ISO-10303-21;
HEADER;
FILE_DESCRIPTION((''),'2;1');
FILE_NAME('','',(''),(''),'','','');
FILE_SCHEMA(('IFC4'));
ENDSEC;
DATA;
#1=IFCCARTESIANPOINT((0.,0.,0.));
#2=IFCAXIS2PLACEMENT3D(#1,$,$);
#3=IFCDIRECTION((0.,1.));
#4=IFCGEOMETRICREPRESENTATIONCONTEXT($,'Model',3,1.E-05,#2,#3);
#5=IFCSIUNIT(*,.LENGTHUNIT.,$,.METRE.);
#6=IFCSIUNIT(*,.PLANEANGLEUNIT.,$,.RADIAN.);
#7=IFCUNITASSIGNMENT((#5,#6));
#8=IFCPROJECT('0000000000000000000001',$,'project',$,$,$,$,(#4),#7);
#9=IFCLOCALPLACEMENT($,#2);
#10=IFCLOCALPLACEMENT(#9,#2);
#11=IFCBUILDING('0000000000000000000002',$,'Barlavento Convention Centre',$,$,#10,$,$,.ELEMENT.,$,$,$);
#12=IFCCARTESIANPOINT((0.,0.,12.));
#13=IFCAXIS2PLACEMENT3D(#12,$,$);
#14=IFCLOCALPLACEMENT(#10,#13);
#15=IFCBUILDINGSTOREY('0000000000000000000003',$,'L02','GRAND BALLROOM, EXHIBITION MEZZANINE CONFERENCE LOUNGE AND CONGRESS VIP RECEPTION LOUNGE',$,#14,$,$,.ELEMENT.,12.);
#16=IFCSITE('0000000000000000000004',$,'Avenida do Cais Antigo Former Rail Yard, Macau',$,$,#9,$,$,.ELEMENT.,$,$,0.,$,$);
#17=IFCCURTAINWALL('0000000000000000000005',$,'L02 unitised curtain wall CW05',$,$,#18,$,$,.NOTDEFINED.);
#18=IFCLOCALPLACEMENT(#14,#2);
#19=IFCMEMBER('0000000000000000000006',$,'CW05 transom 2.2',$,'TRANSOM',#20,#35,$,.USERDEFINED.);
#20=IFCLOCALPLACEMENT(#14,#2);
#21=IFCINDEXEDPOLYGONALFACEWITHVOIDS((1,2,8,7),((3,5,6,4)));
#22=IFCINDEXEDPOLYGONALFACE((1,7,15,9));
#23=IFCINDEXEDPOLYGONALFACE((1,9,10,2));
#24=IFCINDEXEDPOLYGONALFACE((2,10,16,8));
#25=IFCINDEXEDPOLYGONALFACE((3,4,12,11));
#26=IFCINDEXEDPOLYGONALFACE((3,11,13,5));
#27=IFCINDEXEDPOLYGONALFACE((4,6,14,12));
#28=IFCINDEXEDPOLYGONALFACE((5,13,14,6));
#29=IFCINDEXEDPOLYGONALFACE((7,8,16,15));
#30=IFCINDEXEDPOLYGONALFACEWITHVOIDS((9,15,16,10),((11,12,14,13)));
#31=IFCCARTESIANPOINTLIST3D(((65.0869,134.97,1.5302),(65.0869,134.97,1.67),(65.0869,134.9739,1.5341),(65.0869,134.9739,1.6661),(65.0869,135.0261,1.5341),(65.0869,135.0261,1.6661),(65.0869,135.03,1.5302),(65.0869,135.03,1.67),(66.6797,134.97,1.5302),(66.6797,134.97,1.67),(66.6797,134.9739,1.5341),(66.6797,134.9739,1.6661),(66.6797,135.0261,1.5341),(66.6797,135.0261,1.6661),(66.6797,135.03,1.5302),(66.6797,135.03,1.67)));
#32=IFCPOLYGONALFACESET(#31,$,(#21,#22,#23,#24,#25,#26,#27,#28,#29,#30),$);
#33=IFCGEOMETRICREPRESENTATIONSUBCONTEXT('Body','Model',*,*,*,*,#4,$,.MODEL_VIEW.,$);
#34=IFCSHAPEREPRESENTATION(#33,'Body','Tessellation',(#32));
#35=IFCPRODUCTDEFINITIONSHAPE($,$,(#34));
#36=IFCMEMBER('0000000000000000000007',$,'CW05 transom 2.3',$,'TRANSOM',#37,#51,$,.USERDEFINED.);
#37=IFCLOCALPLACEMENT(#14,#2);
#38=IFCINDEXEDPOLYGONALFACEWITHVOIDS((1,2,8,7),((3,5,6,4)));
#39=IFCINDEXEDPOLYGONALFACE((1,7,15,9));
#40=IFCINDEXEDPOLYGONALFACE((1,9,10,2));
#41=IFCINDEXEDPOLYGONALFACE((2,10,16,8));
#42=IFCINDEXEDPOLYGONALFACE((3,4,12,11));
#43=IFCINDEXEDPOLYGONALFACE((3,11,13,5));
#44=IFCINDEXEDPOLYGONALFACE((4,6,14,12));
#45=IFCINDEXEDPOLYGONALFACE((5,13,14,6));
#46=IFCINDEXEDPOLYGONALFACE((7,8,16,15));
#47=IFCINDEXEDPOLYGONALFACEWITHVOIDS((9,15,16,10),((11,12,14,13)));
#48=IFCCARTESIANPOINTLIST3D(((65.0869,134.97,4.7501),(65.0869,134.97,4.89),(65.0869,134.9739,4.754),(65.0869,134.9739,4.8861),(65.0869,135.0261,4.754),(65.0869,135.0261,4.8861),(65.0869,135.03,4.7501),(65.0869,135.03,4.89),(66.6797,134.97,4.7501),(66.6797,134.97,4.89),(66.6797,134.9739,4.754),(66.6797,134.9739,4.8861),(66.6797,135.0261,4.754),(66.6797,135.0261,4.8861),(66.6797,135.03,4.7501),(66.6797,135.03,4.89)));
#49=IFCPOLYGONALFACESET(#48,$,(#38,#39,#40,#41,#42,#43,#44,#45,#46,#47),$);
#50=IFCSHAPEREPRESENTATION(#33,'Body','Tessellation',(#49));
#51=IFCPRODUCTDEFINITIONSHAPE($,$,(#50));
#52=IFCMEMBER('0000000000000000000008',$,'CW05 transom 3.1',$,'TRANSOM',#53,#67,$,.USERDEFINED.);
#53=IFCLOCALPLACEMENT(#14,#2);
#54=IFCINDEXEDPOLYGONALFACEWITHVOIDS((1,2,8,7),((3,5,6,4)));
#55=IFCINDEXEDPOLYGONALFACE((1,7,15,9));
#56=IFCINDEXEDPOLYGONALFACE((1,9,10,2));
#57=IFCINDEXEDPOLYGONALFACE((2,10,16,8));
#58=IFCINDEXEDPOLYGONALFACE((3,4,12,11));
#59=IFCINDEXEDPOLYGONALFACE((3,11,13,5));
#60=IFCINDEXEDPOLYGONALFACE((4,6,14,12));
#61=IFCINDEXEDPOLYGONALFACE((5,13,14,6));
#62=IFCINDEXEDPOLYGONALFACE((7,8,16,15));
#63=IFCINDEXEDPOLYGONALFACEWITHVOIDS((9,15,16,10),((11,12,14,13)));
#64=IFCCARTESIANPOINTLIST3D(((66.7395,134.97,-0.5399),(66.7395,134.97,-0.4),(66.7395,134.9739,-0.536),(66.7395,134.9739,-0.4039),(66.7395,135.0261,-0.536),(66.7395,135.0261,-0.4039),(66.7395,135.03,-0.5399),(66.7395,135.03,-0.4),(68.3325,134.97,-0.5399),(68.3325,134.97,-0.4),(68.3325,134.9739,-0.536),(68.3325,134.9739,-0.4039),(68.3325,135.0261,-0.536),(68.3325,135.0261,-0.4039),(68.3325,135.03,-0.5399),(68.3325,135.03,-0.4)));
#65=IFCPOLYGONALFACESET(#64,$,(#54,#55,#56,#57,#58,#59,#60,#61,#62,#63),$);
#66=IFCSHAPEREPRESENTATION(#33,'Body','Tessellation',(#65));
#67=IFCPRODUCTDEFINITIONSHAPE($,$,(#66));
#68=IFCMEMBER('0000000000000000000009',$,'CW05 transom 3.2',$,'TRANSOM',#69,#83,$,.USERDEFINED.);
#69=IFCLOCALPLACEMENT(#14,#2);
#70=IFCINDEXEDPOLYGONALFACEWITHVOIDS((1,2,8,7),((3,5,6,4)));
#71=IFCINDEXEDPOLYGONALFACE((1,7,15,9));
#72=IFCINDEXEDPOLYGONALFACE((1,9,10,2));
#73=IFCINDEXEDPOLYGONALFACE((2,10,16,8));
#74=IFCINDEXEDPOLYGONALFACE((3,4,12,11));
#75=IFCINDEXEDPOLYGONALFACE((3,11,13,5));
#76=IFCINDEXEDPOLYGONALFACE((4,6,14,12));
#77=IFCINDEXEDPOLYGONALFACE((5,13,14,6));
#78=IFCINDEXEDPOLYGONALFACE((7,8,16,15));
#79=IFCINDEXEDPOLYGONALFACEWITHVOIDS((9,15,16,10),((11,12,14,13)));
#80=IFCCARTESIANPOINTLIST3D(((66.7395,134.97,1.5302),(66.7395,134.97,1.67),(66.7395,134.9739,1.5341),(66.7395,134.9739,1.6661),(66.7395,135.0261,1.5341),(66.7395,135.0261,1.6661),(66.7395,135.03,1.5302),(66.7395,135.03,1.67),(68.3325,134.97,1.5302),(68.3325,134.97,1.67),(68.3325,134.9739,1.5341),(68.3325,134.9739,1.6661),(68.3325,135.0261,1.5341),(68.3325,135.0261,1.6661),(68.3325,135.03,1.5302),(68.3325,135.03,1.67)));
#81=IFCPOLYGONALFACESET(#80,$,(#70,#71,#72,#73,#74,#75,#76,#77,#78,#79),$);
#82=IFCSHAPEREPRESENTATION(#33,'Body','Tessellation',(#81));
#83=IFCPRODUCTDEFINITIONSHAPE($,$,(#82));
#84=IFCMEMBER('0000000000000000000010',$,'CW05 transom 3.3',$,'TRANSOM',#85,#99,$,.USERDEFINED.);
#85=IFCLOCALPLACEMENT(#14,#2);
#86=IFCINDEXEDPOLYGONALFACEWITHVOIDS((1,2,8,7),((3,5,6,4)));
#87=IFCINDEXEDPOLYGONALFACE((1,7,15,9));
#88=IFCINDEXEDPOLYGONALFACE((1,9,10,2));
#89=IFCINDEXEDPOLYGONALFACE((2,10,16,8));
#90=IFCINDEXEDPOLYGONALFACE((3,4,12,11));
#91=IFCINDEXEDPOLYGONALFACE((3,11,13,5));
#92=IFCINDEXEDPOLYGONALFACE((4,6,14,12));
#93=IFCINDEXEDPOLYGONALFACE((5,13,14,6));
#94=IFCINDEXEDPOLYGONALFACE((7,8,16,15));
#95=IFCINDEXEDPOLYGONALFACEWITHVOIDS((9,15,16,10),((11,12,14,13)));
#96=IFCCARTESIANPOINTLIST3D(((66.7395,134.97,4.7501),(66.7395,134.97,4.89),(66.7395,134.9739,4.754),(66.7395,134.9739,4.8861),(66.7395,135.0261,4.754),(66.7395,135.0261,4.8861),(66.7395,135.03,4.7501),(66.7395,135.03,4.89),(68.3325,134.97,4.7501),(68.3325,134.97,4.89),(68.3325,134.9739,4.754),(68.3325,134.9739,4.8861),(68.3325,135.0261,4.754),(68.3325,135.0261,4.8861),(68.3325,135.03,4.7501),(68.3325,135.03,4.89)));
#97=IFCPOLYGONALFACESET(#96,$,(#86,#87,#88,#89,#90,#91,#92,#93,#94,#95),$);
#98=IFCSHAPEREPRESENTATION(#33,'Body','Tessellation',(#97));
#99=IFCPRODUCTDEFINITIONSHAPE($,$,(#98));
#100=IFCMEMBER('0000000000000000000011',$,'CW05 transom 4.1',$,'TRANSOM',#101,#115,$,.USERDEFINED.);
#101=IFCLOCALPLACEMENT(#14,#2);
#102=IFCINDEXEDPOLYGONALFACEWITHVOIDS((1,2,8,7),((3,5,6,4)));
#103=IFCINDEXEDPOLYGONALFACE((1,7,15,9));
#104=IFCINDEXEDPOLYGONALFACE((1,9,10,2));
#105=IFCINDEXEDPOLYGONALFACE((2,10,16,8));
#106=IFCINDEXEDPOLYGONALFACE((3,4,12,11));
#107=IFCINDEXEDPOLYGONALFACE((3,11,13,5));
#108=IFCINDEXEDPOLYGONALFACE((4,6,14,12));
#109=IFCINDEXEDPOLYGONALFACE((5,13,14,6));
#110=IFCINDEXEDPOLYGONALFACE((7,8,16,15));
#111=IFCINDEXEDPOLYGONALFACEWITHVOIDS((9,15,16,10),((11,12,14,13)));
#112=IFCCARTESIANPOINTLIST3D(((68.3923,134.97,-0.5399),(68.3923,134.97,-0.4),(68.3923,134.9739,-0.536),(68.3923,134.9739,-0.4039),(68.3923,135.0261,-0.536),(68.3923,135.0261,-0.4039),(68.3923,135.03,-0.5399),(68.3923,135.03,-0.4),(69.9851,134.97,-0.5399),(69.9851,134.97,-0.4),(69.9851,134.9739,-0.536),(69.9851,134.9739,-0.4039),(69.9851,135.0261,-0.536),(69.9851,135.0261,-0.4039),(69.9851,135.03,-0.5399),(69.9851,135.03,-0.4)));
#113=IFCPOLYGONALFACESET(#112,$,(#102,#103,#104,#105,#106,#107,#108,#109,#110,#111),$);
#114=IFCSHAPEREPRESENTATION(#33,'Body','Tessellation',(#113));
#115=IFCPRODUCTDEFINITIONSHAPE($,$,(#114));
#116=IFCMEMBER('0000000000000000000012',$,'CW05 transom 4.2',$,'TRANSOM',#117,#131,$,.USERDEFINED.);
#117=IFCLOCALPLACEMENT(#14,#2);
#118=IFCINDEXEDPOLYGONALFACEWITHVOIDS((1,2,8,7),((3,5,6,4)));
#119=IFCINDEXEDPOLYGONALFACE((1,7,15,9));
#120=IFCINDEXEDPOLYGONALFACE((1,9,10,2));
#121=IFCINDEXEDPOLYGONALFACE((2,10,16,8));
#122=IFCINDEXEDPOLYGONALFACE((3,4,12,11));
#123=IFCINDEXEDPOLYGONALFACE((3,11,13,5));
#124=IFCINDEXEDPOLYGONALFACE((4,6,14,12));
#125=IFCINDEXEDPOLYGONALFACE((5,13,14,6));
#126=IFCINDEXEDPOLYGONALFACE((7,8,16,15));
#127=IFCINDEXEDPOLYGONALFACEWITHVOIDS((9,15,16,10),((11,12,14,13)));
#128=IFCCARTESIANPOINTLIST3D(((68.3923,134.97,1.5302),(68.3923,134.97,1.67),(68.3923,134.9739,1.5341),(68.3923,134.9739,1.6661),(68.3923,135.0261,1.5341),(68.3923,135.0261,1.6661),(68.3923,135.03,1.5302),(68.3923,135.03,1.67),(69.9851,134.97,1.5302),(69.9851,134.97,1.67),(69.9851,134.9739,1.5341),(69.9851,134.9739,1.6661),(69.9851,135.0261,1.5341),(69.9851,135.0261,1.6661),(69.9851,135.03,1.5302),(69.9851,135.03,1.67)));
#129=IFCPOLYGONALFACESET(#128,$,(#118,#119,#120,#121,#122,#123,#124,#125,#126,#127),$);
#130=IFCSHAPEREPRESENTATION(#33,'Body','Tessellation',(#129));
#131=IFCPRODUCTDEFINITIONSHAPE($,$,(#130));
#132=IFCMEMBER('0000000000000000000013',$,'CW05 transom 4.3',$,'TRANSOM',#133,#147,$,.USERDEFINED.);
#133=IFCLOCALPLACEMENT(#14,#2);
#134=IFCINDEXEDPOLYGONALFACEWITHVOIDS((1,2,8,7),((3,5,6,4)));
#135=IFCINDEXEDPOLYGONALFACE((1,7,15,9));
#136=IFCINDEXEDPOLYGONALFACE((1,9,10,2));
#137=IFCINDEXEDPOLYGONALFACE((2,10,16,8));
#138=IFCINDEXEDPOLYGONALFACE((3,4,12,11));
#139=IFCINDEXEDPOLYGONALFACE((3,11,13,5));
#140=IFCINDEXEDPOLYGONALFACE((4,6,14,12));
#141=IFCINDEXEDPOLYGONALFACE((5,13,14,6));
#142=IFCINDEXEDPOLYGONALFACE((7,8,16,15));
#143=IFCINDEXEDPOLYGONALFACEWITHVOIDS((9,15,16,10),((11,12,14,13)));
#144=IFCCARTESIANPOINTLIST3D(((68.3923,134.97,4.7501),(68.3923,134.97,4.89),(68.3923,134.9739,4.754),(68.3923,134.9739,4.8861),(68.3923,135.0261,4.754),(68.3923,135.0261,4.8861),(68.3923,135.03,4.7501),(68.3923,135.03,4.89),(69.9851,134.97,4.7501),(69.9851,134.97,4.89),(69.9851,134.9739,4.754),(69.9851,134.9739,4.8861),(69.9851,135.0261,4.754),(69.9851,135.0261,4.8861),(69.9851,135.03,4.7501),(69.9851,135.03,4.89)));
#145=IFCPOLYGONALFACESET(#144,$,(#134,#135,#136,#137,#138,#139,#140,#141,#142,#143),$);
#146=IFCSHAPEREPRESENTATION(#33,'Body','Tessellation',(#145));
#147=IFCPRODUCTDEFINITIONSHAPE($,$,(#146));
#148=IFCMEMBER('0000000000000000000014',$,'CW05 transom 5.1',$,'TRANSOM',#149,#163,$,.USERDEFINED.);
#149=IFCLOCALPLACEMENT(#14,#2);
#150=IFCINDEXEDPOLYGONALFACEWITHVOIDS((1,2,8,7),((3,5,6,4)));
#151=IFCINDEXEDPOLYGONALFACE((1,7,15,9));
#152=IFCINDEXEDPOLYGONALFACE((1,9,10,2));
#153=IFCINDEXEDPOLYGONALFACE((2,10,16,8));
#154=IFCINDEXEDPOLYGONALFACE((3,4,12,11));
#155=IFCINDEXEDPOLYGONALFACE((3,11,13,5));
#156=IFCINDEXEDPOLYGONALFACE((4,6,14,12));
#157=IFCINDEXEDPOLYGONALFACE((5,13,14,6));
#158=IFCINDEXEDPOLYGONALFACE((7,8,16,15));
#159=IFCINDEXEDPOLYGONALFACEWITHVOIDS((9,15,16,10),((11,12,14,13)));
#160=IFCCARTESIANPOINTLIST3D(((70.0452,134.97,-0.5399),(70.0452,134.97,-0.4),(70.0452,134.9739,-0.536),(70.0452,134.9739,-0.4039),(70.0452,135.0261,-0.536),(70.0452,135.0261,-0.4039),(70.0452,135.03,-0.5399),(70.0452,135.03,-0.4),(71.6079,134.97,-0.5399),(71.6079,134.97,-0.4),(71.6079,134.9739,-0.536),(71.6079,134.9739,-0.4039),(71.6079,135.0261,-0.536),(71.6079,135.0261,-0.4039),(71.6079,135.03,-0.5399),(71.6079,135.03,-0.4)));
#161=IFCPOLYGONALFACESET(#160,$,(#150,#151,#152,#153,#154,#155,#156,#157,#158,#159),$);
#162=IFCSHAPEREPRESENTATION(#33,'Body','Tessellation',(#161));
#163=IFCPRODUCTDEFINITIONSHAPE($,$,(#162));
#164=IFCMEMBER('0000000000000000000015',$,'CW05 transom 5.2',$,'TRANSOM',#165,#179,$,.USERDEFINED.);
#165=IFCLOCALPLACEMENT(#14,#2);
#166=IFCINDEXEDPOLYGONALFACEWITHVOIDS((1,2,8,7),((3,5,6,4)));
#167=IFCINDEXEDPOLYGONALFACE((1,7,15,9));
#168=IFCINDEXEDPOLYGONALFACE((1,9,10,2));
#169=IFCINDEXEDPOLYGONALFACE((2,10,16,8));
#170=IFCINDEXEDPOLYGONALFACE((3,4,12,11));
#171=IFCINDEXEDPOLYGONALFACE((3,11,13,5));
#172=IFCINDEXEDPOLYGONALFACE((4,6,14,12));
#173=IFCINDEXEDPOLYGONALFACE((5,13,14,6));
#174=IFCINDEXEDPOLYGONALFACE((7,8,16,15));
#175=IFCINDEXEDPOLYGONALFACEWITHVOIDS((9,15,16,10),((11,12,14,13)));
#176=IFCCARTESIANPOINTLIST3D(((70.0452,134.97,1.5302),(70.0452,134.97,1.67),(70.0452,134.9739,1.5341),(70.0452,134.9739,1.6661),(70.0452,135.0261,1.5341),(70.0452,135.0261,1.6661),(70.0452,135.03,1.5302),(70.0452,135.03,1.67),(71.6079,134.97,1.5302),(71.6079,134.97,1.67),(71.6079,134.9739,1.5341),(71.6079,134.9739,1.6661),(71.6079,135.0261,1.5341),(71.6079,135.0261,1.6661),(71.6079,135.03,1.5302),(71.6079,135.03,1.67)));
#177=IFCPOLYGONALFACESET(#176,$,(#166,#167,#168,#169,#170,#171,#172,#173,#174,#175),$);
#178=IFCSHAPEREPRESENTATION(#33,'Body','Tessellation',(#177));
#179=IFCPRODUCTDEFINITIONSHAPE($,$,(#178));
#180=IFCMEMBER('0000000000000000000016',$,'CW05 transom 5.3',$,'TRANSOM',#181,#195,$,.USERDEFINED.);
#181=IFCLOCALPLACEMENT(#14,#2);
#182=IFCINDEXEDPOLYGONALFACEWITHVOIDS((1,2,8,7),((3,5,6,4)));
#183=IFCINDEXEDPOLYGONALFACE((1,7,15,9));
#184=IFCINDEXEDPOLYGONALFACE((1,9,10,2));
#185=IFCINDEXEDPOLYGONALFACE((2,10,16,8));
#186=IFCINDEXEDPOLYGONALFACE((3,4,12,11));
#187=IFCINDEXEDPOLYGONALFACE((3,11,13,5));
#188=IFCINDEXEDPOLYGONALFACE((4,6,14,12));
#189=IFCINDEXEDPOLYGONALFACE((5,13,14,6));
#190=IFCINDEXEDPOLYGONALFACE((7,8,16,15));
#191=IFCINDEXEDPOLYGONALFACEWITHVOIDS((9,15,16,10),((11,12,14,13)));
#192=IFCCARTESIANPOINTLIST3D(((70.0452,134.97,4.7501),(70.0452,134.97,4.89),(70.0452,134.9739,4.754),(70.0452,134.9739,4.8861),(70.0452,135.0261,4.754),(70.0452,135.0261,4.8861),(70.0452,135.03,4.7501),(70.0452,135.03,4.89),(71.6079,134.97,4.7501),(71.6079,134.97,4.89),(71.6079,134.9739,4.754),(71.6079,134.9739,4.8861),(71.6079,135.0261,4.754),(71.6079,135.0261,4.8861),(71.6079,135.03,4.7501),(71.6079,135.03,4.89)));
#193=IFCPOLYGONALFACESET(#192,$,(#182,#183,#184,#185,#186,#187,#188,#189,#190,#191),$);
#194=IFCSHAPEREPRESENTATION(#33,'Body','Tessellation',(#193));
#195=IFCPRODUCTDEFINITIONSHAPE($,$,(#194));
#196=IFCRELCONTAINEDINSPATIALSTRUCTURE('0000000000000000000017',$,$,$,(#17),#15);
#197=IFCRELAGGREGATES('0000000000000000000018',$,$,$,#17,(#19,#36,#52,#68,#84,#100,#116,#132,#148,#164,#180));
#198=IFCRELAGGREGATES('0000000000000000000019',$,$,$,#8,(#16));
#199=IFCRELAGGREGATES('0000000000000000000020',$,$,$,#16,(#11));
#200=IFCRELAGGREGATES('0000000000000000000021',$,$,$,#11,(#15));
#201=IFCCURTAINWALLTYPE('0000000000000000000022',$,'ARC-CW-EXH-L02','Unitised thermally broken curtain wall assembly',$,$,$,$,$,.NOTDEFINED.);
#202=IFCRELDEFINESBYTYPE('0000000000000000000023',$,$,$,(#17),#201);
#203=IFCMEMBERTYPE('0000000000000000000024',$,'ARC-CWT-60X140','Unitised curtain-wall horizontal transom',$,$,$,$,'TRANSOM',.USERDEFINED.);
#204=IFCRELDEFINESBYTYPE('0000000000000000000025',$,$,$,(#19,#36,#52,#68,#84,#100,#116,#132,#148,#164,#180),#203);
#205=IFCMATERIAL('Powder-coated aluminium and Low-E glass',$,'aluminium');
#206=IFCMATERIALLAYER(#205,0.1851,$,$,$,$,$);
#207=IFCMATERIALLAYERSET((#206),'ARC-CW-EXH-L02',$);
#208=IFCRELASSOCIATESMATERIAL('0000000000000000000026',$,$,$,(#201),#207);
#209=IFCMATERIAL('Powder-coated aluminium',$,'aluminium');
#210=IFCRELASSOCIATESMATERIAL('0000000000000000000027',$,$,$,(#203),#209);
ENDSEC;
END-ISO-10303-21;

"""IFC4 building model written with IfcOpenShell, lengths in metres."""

from ifc_helpers import new_model, si_unit, direction, frame, origin, origin_2d, place, context, subcontext, project, spatial, hollow_rectangle, extrude, material, layer, layer_set, material_profile, profile_set, type_object, element, aggregate, save


model = new_model("IFC4")

# Units and contexts
model_context = context("Model", 3, precision=1e-05, world=origin(), true_north=direction((0.0, 1.0)))
body_context = subcontext(model_context, "Body", "Model", "MODEL_VIEW")
ifc_project = project(units=[si_unit("LENGTHUNIT", "METRE"), si_unit("PLANEANGLEUNIT", "RADIAN")], contexts=[model_context])

# Site, building, storey
site_placement = place(None, origin())
site = spatial("IfcSite", under=ifc_project, at=site_placement, Name="Avenida do Cais Antigo Former Rail Yard, Macau", CompositionType="ELEMENT", RefElevation=0.0)
building_placement = place(site_placement, origin())
building = spatial("IfcBuilding", under=site, at=building_placement, Name="Barlavento Convention Centre", CompositionType="ELEMENT")
storey_placement = place(building_placement, frame((0.0, 0.0, 12.0)))
storey = spatial("IfcBuildingStorey", under=building, at=storey_placement, Name="L02", Description="GRAND BALLROOM, EXHIBITION MEZZANINE CONFERENCE LOUNGE AND CONGRESS VIP RECEPTION LOUNGE", CompositionType="ELEMENT", Elevation=12.0)

# Curtain wall, members
ifc_material_1 = material(Name="Powder-coated aluminium and Low-E glass", Category="aluminium")
ifc_layer_1 = layer(ifc_material_1, 0.1851)
ifc_layer_set_1 = layer_set([ifc_layer_1], Name="ARC-CW-EXH-L02")
curtain_wall_type = type_object("IfcCurtainWallType", Name="ARC-CW-EXH-L02", Description="Unitised thermally broken curtain wall assembly", PredefinedType="NOTDEFINED", material=ifc_layer_set_1)
curtain_wall_placement = place(storey_placement, origin())
curtain_wall = element("IfcCurtainWall", 1, at=curtain_wall_placement, inside=storey, type_object=curtain_wall_type, Name="L02 unitised curtain wall CW05", PredefinedType="NOTDEFINED")
ifc_material_2 = material(Name="Powder-coated aluminium", Category="aluminium")
ifc_material_profile_1 = material_profile(ifc_material_2, hollow_rectangle(XDim=0.0601, YDim=0.1399, WallThickness=0.0039, at=origin_2d()), Name="AL-TRAN 60x140x4")
ifc_profile_set_1 = profile_set([ifc_material_profile_1], Name="Powder-coated aluminium")
member_type_1 = type_object("IfcMemberType", Name="ARC-CWT-60X140", Description="Unitised curtain-wall horizontal transom", ElementType="TRANSOM", PredefinedType="USERDEFINED", material=ifc_profile_set_1)
member_1_placement = place(storey_placement, frame((65.0869, 135.0, 1.6001), z_axis=(1.0, 0.0, 0.0), x_axis=(0.0, 1.0, 0.0)))
member_1 = element("IfcMember", 2, at=member_1_placement, type_object=member_type_1, Name="CW05 transom 2.2", ObjectType="TRANSOM", PredefinedType="USERDEFINED", context=body_context, shape_type="SweptSolid", body=[
    extrude(hollow_rectangle(XDim=0.0601, YDim=0.1399, WallThickness=0.0039, at=origin_2d()), origin(), (0.0, 0.0, 1.0), 1.5928),
])
member_2_placement = place(storey_placement, frame((65.0869, 135.0, 4.8201), z_axis=(1.0, 0.0, 0.0), x_axis=(0.0, 1.0, 0.0)))
member_2 = element("IfcMember", 3, at=member_2_placement, type_object=member_type_1, Name="CW05 transom 2.3", ObjectType="TRANSOM", PredefinedType="USERDEFINED", context=body_context, shape_type="SweptSolid", body=[
    extrude(hollow_rectangle(XDim=0.0601, YDim=0.1399, WallThickness=0.0039, at=origin_2d()), origin(), (0.0, 0.0, 1.0), 1.5928),
])
member_3_placement = place(storey_placement, frame((66.7395, 135.0, -0.47), z_axis=(1.0, 0.0, 0.0), x_axis=(0.0, 1.0, 0.0)))
member_3 = element("IfcMember", 4, at=member_3_placement, type_object=member_type_1, Name="CW05 transom 3.1", ObjectType="TRANSOM", PredefinedType="USERDEFINED", context=body_context, shape_type="SweptSolid", body=[
    extrude(hollow_rectangle(XDim=0.0601, YDim=0.1399, WallThickness=0.0039, at=origin_2d()), origin(), (0.0, 0.0, 1.0), 1.593),
])
member_4_placement = place(storey_placement, frame((66.7395, 135.0, 1.6001), z_axis=(1.0, 0.0, 0.0), x_axis=(0.0, 1.0, 0.0)))
member_4 = element("IfcMember", 5, at=member_4_placement, type_object=member_type_1, Name="CW05 transom 3.2", ObjectType="TRANSOM", PredefinedType="USERDEFINED", context=body_context, shape_type="SweptSolid", body=[
    extrude(hollow_rectangle(XDim=0.0601, YDim=0.1399, WallThickness=0.0039, at=origin_2d()), origin(), (0.0, 0.0, 1.0), 1.593),
])
member_5_placement = place(storey_placement, frame((66.7395, 135.0, 4.8201), z_axis=(1.0, 0.0, 0.0), x_axis=(0.0, 1.0, 0.0)))
member_5 = element("IfcMember", 6, at=member_5_placement, type_object=member_type_1, Name="CW05 transom 3.3", ObjectType="TRANSOM", PredefinedType="USERDEFINED", context=body_context, shape_type="SweptSolid", body=[
    extrude(hollow_rectangle(XDim=0.0601, YDim=0.1399, WallThickness=0.0039, at=origin_2d()), origin(), (0.0, 0.0, 1.0), 1.593),
])
member_6_placement = place(storey_placement, frame((68.3923, 135.0, -0.47), z_axis=(1.0, 0.0, 0.0), x_axis=(0.0, 1.0, 0.0)))
member_6 = element("IfcMember", 7, at=member_6_placement, type_object=member_type_1, Name="CW05 transom 4.1", ObjectType="TRANSOM", PredefinedType="USERDEFINED", context=body_context, shape_type="SweptSolid", body=[
    extrude(hollow_rectangle(XDim=0.0601, YDim=0.1399, WallThickness=0.0039, at=origin_2d()), origin(), (0.0, 0.0, 1.0), 1.5928),
])
member_7_placement = place(storey_placement, frame((68.3923, 135.0, 1.6001), z_axis=(1.0, 0.0, 0.0), x_axis=(0.0, 1.0, 0.0)))
member_7 = element("IfcMember", 8, at=member_7_placement, type_object=member_type_1, Name="CW05 transom 4.2", ObjectType="TRANSOM", PredefinedType="USERDEFINED", context=body_context, shape_type="SweptSolid", body=[
    extrude(hollow_rectangle(XDim=0.0601, YDim=0.1399, WallThickness=0.0039, at=origin_2d()), origin(), (0.0, 0.0, 1.0), 1.5928),
])
member_8_placement = place(storey_placement, frame((68.3923, 135.0, 4.8201), z_axis=(1.0, 0.0, 0.0), x_axis=(0.0, 1.0, 0.0)))
member_8 = element("IfcMember", 9, at=member_8_placement, type_object=member_type_1, Name="CW05 transom 4.3", ObjectType="TRANSOM", PredefinedType="USERDEFINED", context=body_context, shape_type="SweptSolid", body=[
    extrude(hollow_rectangle(XDim=0.0601, YDim=0.1399, WallThickness=0.0039, at=origin_2d()), origin(), (0.0, 0.0, 1.0), 1.5928),
])
member_9_placement = place(storey_placement, frame((70.0452, 135.0, -0.47), z_axis=(1.0, 0.0, 0.0), x_axis=(0.0, 1.0, 0.0)))
member_9 = element("IfcMember", 10, at=member_9_placement, type_object=member_type_1, Name="CW05 transom 5.1", ObjectType="TRANSOM", PredefinedType="USERDEFINED", context=body_context, shape_type="SweptSolid", body=[
    extrude(hollow_rectangle(XDim=0.0601, YDim=0.1399, WallThickness=0.0039, at=origin_2d()), origin(), (0.0, 0.0, 1.0), 1.5627),
])
member_10_placement = place(storey_placement, frame((70.0452, 135.0, 1.6001), z_axis=(1.0, 0.0, 0.0), x_axis=(0.0, 1.0, 0.0)))
member_10 = element("IfcMember", 11, at=member_10_placement, type_object=member_type_1, Name="CW05 transom 5.2", ObjectType="TRANSOM", PredefinedType="USERDEFINED", context=body_context, shape_type="SweptSolid", body=[
    extrude(hollow_rectangle(XDim=0.0601, YDim=0.1399, WallThickness=0.0039, at=origin_2d()), origin(), (0.0, 0.0, 1.0), 1.5627),
])
member_11_placement = place(storey_placement, frame((70.0452, 135.0, 4.8201), z_axis=(1.0, 0.0, 0.0), x_axis=(0.0, 1.0, 0.0)))
member_11 = element("IfcMember", 12, at=member_11_placement, type_object=member_type_1, Name="CW05 transom 5.3", ObjectType="TRANSOM", PredefinedType="USERDEFINED", context=body_context, shape_type="SweptSolid", body=[
    extrude(hollow_rectangle(XDim=0.0601, YDim=0.1399, WallThickness=0.0039, at=origin_2d()), origin(), (0.0, 0.0, 1.0), 1.5627),
])

aggregate(curtain_wall, [member_1, member_2, member_3, member_4, member_5, member_6, member_7, member_8, member_9, member_10, member_11])

save(model, "model.ifc")
